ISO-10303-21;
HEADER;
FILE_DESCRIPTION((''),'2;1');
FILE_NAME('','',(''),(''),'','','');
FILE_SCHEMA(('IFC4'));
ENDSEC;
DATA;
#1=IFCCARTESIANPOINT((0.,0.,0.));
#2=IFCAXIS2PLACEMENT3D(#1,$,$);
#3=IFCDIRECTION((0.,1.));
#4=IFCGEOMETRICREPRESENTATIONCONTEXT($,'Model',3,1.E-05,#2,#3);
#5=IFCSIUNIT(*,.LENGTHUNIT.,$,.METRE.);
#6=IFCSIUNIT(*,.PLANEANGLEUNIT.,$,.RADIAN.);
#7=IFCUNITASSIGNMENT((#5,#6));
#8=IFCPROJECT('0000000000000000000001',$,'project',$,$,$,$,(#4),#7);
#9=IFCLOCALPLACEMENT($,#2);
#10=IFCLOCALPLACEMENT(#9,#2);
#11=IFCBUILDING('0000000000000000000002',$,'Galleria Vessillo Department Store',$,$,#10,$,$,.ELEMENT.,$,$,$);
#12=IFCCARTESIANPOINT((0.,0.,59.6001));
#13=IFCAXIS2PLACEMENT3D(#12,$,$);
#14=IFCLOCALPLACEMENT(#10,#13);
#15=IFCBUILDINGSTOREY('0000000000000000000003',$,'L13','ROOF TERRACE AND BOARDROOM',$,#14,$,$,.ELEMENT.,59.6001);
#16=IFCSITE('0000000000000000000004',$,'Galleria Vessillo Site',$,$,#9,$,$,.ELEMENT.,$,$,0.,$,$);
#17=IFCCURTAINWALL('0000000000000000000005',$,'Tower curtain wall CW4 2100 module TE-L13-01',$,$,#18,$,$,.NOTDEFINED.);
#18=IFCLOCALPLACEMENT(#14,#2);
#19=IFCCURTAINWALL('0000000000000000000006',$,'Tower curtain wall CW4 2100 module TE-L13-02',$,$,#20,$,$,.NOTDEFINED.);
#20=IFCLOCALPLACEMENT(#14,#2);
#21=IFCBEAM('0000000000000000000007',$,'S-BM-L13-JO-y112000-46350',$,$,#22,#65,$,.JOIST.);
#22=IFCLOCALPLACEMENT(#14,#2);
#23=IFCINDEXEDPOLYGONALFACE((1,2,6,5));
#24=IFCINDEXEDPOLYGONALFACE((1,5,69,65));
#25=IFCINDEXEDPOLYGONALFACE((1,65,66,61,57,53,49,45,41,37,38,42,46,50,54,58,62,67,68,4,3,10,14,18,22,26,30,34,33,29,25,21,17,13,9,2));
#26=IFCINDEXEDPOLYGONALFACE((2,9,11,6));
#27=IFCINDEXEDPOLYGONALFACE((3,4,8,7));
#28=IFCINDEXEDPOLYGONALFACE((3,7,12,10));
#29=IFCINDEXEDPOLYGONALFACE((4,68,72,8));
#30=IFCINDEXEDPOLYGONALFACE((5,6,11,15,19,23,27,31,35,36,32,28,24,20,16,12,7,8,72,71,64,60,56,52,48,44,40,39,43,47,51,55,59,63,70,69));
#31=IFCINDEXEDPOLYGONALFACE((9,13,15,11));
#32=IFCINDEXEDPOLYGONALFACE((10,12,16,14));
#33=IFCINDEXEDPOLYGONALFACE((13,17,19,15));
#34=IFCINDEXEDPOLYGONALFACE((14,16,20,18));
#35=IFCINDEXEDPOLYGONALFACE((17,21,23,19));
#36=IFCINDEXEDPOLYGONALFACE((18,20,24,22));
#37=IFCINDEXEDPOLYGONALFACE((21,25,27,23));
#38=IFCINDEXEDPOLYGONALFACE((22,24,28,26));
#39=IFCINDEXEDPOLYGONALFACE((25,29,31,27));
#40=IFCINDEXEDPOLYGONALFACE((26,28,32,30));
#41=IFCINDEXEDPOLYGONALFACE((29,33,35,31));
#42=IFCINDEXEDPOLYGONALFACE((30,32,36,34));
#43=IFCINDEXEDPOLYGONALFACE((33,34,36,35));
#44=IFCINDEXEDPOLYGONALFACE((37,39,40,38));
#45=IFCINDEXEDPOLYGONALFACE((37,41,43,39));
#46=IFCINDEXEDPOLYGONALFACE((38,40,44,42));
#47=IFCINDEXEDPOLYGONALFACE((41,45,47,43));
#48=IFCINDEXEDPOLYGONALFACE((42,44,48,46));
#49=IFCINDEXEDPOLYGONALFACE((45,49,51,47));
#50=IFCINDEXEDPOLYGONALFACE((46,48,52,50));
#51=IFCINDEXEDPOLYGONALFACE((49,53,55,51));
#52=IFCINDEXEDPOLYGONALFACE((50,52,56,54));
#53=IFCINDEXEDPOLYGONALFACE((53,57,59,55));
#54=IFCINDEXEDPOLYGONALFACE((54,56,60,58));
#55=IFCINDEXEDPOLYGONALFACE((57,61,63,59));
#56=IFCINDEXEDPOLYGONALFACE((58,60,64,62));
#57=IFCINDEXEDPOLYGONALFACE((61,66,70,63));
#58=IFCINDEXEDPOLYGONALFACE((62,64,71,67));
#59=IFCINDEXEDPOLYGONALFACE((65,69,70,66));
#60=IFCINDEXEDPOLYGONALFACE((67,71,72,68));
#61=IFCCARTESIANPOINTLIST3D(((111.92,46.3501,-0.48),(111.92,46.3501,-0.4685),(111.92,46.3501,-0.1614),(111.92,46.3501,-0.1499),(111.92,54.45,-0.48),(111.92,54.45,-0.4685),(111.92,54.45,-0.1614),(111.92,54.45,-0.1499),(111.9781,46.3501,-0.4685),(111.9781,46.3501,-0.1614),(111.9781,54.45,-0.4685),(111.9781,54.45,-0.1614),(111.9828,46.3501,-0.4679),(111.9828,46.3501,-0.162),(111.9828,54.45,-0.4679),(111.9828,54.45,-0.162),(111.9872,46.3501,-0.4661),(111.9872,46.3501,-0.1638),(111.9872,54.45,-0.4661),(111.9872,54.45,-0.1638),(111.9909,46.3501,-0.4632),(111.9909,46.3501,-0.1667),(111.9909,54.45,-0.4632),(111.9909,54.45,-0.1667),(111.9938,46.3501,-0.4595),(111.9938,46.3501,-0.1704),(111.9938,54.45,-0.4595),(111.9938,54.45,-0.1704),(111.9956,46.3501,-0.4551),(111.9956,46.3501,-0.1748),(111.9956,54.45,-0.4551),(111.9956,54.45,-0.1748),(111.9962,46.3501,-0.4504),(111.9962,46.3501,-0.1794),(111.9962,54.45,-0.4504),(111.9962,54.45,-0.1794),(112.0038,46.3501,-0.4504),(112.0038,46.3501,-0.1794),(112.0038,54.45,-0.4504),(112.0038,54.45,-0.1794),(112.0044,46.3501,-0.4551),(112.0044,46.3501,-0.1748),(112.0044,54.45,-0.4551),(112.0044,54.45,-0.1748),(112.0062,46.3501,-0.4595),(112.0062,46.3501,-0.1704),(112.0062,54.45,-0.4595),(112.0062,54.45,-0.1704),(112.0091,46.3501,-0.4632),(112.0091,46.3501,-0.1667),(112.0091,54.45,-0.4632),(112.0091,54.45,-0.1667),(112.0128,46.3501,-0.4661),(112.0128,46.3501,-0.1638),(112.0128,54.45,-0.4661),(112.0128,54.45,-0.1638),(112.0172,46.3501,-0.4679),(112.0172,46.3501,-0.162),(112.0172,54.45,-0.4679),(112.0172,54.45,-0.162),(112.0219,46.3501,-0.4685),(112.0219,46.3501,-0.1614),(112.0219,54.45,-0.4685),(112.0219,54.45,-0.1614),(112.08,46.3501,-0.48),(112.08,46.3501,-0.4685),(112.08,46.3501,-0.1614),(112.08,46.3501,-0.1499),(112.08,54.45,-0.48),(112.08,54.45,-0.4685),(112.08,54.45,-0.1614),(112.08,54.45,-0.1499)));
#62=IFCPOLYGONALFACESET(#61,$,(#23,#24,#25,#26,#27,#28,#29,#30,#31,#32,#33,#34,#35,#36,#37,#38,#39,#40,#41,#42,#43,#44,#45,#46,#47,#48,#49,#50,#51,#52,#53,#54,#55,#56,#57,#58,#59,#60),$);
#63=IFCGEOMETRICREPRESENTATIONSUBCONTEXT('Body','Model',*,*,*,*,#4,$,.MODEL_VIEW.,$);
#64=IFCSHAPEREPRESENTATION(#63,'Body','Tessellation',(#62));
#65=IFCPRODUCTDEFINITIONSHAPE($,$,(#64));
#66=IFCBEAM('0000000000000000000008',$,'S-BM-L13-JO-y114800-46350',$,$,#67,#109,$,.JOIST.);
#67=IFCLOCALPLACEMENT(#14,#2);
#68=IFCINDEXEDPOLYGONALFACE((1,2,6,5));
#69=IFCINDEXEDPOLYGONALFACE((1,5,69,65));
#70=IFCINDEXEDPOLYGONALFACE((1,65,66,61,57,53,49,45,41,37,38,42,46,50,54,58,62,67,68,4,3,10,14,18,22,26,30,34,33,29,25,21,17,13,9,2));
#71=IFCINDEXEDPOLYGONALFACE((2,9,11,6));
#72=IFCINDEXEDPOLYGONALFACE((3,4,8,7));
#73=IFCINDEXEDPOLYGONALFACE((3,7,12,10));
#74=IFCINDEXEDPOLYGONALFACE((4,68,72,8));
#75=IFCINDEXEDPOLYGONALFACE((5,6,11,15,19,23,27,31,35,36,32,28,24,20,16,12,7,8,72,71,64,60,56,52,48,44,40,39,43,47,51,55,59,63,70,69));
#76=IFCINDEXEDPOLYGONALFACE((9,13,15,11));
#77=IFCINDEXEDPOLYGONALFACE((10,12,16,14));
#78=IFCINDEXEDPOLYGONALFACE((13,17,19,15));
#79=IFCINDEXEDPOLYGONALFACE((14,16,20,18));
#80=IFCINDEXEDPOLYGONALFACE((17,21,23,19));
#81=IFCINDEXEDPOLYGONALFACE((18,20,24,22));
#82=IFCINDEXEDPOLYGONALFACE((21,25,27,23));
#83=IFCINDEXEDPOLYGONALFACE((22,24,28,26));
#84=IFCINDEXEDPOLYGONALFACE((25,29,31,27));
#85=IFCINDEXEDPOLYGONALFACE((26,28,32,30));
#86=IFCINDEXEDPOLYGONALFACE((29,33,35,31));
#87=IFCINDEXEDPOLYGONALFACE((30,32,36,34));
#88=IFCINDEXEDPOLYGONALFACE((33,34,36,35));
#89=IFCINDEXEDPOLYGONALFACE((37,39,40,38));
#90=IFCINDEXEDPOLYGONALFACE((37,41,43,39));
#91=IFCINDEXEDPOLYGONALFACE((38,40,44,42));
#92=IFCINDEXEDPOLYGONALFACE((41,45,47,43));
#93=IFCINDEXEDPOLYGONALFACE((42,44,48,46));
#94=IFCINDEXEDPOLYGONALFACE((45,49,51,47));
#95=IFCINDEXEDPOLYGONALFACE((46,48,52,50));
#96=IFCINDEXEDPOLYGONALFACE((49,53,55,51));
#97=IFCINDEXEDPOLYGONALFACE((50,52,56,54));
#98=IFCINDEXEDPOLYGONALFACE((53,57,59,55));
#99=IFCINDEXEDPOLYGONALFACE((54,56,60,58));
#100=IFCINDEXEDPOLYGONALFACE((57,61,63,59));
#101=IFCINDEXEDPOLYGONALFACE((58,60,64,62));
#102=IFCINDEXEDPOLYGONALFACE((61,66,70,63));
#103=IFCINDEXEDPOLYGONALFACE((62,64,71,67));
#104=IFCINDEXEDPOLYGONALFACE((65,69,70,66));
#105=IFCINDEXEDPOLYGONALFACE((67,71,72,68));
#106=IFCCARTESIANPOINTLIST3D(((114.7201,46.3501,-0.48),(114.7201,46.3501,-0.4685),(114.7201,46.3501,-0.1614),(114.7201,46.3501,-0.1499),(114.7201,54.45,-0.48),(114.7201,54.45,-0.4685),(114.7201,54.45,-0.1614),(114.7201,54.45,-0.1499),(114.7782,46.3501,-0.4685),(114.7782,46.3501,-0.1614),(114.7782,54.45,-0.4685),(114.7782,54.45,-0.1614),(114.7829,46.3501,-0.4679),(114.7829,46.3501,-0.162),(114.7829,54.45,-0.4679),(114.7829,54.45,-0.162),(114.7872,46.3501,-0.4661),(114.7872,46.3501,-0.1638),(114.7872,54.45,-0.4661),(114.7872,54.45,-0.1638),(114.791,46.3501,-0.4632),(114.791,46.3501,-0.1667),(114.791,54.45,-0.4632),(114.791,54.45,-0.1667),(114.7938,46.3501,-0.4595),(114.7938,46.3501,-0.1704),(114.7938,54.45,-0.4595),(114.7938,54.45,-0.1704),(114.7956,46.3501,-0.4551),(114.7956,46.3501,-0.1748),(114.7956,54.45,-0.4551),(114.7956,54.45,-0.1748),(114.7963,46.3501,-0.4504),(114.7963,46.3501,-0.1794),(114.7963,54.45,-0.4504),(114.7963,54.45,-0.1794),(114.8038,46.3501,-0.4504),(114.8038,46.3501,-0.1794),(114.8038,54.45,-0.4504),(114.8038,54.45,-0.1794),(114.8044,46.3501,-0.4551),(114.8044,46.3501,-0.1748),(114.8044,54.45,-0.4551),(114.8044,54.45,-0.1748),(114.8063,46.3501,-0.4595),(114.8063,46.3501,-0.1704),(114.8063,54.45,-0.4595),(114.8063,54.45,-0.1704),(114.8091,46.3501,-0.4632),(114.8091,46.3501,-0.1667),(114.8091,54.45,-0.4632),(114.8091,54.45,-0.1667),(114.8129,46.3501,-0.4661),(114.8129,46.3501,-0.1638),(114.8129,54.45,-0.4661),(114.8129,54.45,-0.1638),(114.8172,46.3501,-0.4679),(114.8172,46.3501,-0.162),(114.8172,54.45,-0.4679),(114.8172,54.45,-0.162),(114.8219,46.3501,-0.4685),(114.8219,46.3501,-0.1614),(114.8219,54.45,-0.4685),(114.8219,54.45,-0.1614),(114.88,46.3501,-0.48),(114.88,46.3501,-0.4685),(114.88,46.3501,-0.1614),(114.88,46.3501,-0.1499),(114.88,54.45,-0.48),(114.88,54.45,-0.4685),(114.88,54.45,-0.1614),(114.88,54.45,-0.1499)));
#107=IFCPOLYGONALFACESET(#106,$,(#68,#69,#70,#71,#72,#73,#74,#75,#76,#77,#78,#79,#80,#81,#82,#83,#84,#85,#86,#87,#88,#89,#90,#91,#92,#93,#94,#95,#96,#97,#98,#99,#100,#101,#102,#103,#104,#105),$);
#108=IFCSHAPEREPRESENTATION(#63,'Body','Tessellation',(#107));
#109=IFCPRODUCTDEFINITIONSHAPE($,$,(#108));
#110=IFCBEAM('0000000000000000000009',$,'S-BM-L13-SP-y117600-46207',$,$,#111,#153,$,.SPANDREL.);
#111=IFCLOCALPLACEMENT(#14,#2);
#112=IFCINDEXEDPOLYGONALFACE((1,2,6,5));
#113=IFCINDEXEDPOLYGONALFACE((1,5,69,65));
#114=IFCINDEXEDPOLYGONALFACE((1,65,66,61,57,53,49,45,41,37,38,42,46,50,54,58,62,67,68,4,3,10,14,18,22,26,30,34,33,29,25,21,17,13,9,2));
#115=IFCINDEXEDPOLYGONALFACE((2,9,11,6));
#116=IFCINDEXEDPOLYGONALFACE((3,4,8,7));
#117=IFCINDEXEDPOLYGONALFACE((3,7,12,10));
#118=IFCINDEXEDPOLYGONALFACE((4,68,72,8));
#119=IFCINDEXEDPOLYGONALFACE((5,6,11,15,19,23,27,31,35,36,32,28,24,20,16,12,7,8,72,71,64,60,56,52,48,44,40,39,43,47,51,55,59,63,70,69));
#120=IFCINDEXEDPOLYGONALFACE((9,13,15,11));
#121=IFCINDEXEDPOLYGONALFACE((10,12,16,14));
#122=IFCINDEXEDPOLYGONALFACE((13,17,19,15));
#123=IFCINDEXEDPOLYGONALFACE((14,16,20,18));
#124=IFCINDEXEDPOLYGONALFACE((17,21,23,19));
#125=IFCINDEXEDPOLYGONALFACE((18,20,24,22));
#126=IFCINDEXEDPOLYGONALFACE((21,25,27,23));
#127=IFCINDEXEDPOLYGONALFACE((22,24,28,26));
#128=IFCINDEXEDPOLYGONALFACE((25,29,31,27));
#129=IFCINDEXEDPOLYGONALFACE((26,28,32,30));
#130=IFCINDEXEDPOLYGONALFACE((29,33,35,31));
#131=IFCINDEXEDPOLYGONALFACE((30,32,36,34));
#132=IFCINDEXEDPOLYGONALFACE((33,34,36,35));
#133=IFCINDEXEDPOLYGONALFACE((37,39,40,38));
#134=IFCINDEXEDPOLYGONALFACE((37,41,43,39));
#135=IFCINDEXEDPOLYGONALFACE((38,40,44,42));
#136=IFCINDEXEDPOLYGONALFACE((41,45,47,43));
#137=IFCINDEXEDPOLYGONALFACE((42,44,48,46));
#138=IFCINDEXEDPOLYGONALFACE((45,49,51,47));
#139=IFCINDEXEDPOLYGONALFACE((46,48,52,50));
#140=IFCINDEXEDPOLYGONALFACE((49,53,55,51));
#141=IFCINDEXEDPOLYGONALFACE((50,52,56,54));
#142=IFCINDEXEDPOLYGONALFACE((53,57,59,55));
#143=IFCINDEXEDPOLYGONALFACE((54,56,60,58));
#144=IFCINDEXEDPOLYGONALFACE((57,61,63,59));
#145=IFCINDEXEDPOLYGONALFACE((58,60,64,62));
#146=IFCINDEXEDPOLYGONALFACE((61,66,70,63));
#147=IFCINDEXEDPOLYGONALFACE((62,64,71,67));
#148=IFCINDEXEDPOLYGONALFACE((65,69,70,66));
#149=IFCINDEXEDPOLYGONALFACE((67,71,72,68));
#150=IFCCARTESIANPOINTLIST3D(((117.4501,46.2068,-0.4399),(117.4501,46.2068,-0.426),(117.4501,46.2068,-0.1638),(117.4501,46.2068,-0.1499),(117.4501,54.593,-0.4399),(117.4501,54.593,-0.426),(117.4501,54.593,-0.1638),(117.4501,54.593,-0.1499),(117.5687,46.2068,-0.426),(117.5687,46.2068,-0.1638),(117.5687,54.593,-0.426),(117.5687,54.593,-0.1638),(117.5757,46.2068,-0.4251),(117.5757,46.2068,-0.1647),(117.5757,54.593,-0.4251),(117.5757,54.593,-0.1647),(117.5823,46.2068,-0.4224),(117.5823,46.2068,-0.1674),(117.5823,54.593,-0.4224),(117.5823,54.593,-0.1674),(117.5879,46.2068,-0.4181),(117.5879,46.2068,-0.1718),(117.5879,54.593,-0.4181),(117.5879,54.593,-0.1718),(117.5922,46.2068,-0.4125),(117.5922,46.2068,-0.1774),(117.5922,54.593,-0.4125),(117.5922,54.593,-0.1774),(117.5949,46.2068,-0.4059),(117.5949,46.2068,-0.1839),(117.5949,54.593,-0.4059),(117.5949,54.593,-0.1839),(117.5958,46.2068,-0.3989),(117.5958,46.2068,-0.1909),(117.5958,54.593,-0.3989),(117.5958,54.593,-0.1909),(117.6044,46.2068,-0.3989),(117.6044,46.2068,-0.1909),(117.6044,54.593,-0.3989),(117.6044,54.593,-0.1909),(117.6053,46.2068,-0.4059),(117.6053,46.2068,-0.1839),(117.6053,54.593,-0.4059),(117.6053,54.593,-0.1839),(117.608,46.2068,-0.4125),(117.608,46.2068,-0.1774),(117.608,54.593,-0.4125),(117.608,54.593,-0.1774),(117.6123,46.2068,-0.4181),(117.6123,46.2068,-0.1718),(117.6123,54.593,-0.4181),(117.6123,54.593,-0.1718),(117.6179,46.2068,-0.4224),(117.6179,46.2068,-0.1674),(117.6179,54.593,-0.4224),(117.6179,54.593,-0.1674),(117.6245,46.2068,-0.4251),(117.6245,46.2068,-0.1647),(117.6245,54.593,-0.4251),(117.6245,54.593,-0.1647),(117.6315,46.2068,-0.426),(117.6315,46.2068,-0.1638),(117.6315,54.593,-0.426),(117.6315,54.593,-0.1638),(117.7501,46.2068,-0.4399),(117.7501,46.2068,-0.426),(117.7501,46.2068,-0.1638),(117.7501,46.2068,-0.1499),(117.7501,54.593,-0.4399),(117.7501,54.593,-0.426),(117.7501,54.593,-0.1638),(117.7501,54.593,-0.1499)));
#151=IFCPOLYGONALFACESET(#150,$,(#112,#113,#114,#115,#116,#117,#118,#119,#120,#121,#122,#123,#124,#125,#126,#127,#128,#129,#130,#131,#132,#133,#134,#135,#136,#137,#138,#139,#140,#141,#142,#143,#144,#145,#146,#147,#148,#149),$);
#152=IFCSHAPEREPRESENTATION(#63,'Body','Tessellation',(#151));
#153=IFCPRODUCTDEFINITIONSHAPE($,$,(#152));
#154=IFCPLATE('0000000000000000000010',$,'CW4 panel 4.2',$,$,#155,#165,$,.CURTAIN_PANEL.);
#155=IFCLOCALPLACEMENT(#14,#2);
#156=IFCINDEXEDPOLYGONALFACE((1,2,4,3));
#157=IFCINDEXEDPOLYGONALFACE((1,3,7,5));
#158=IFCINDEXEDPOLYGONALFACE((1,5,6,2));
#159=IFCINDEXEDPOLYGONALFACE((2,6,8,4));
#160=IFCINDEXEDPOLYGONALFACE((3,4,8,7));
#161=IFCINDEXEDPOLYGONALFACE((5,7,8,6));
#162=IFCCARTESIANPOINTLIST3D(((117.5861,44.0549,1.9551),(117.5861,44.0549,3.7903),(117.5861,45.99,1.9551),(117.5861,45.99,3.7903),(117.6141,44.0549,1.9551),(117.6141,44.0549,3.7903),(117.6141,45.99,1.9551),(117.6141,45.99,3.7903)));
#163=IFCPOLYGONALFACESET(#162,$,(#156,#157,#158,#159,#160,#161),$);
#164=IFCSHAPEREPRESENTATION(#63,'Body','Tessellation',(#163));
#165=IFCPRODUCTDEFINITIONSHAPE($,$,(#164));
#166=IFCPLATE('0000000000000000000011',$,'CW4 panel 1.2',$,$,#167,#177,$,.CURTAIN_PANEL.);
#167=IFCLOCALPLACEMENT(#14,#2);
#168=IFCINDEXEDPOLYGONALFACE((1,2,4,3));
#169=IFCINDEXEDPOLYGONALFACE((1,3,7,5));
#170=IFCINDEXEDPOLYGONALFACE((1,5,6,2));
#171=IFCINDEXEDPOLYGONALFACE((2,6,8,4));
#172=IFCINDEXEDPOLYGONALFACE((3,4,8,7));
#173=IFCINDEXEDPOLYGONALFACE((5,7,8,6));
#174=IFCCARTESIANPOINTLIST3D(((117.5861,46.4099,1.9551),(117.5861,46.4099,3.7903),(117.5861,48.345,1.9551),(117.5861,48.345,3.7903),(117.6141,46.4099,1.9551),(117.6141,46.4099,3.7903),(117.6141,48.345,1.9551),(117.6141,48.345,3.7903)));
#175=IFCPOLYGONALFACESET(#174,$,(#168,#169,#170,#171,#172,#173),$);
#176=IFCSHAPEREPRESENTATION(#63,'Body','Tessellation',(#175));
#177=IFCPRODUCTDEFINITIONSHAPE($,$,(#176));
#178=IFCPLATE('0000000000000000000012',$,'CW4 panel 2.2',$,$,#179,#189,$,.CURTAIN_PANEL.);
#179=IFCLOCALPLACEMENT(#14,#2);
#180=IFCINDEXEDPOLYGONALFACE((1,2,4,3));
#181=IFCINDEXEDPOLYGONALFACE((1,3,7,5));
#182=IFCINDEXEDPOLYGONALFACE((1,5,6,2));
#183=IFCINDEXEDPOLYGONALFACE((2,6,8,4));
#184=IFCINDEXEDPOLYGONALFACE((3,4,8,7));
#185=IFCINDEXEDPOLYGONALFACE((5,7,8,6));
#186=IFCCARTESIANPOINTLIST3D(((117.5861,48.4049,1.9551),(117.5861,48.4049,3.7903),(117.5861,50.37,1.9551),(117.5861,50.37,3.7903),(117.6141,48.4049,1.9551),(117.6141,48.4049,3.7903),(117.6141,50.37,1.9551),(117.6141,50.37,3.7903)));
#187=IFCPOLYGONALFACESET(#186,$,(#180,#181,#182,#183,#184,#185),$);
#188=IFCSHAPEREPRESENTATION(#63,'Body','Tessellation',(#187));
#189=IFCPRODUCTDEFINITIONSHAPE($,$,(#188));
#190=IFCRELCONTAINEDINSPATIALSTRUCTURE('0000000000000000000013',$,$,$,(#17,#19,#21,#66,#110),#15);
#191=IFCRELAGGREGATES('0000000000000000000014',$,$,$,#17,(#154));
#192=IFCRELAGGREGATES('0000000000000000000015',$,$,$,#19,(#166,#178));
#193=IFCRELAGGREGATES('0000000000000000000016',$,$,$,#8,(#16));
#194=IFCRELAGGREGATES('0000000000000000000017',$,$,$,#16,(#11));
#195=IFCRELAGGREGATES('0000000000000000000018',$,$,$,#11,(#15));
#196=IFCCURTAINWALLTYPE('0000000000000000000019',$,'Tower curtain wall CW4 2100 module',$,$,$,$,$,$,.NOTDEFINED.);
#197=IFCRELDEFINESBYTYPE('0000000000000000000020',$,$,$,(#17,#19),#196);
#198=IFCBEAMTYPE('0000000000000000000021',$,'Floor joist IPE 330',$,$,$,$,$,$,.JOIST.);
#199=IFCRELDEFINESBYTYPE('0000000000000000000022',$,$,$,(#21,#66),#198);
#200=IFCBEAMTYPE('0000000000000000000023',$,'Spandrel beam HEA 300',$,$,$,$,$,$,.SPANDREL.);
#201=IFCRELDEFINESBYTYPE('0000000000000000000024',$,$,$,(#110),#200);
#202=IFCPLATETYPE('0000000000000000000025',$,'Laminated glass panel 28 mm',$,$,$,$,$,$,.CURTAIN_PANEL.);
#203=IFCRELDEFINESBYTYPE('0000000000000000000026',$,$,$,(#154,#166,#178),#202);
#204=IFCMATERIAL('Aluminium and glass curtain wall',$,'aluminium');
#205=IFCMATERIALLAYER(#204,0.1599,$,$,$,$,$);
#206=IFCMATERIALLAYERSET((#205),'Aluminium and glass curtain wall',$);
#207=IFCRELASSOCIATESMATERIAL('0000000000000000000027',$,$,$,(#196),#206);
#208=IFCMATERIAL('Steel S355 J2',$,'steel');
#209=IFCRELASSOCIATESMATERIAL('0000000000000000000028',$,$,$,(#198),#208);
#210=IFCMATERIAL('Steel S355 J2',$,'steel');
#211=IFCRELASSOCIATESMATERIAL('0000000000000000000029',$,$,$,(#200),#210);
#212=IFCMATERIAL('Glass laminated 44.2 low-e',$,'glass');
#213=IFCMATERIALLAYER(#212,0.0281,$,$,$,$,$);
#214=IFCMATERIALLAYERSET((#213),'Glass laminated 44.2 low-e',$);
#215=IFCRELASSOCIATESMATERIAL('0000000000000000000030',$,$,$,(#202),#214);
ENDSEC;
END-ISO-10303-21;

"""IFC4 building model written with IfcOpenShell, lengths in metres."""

from ifc_helpers import new_model, si_unit, direction, frame, origin, origin_2d, place, context, subcontext, project, spatial, rectangle, i_section, extrude, material, layer, layer_set, material_profile, profile_set, type_object, element, aggregate, save


model = new_model("IFC4")

# Units and contexts
model_context = context("Model", 3, precision=1e-05, world=origin(), true_north=direction((0.0, 1.0)))
body_context = subcontext(model_context, "Body", "Model", "MODEL_VIEW")
ifc_project = project(units=[si_unit("LENGTHUNIT", "METRE"), si_unit("PLANEANGLEUNIT", "RADIAN")], contexts=[model_context])

# Site, building, storey
site_placement = place(None, origin())
site = spatial("IfcSite", under=ifc_project, at=site_placement, Name="Galleria Vessillo Site", CompositionType="ELEMENT", RefElevation=0.0)
building_placement = place(site_placement, origin())
building = spatial("IfcBuilding", under=site, at=building_placement, Name="Galleria Vessillo Department Store", CompositionType="ELEMENT")
storey_placement = place(building_placement, frame((0.0, 0.0, 59.6001)))
storey = spatial("IfcBuildingStorey", under=building, at=storey_placement, Name="L13", Description="ROOF TERRACE AND BOARDROOM", CompositionType="ELEMENT", Elevation=59.6001)

# Curtain wall
ifc_material_1 = material(Name="Aluminium and glass curtain wall", Category="aluminium")
ifc_layer_1 = layer(ifc_material_1, 0.1599)
ifc_layer_set_1 = layer_set([ifc_layer_1], Name="Aluminium and glass curtain wall")
curtain_wall_type = type_object("IfcCurtainWallType", Name="Tower curtain wall CW4 2100 module", PredefinedType="NOTDEFINED", material=ifc_layer_set_1)
curtain_wall_1_placement = place(storey_placement, origin())
curtain_wall_1 = element("IfcCurtainWall", 1, at=curtain_wall_1_placement, inside=storey, type_object=curtain_wall_type, Name="Tower curtain wall CW4 2100 module TE-L13-01", PredefinedType="NOTDEFINED")

# Curtain wall
curtain_wall_2_placement = place(storey_placement, origin())
curtain_wall_2 = element("IfcCurtainWall", 2, at=curtain_wall_2_placement, inside=storey, type_object=curtain_wall_type, Name="Tower curtain wall CW4 2100 module TE-L13-02", PredefinedType="NOTDEFINED")

# Beams
ifc_material_2 = material(Name="Steel S355 J2", Category="steel")
ifc_material_profile_1 = material_profile(ifc_material_2, i_section(OverallWidth=0.1599, OverallDepth=0.3301, WebThickness=0.0076, FlangeThickness=0.0115, FilletRadius=0.0181, at=origin_2d()), Name="IPE 330")
ifc_profile_set_1 = profile_set([ifc_material_profile_1], Name="Steel S355 J2")
beam_type_1 = type_object("IfcBeamType", Name="Floor joist IPE 330", PredefinedType="JOIST", material=ifc_profile_set_1)
for number, where, z_axis, x_axis, name in (
    (3, (112.0, 46.3501, -0.3149), (0.0, 1.0, 0.0), (-1.0, 0.0, 0.0), "S-BM-L13-JO-y112000-46350"),
    (4, (114.8, 46.3501, -0.3149), (0.0, 1.0, 0.0), (-1.0, 0.0, 0.0), "S-BM-L13-JO-y114800-46350"),
):
    element("IfcBeam", number, at=place(storey_placement, frame(where, z_axis=z_axis, x_axis=x_axis)), inside=storey, type_object=beam_type_1, Name=name, PredefinedType="JOIST", context=body_context, shape_type="SweptSolid", body=[
        extrude(i_section(OverallWidth=0.1599, OverallDepth=0.3301, WebThickness=0.0076, FlangeThickness=0.0115, FilletRadius=0.0181, at=origin_2d()), origin(), (0.0, 0.0, 1.0), 8.0999),
    ])
ifc_material_3 = material(Name="Steel S355 J2", Category="steel")
ifc_material_profile_2 = material_profile(ifc_material_3, i_section(OverallWidth=0.3, OverallDepth=0.29, WebThickness=0.0085, FlangeThickness=0.0139, FilletRadius=0.0271, at=origin_2d()), Name="HEA 300")
ifc_profile_set_2 = profile_set([ifc_material_profile_2], Name="Steel S355 J2")
beam_type_2 = type_object("IfcBeamType", Name="Spandrel beam HEA 300", PredefinedType="SPANDREL", material=ifc_profile_set_2)
beam_placement = place(storey_placement, frame((117.6001, 46.2068, -0.2949), z_axis=(0.0, 1.0, 0.0), x_axis=(-1.0, 0.0, 0.0)))
element("IfcBeam", 5, at=beam_placement, inside=storey, type_object=beam_type_2, Name="S-BM-L13-SP-y117600-46207", PredefinedType="SPANDREL", context=body_context, shape_type="SweptSolid", body=[
    extrude(i_section(OverallWidth=0.3, OverallDepth=0.29, WebThickness=0.0085, FlangeThickness=0.0139, FilletRadius=0.0271, at=origin_2d()), origin(), (0.0, 0.0, 1.0), 8.3862),
])

# Plates
ifc_material_4 = material(Name="Glass laminated 44.2 low-e", Category="glass")
ifc_layer_2 = layer(ifc_material_4, 0.0281)
ifc_layer_set_2 = layer_set([ifc_layer_2], Name="Glass laminated 44.2 low-e")
plate_type_1 = type_object("IfcPlateType", Name="Laminated glass panel 28 mm", PredefinedType="CURTAIN_PANEL", material=ifc_layer_set_2)
plate_1_placement = place(storey_placement, frame((117.6001, 45.0225, 1.9551), z_axis=(0.0, 0.0, 1.0), x_axis=(0.0, 1.0, 0.0)))
plate_1 = element("IfcPlate", 6, at=plate_1_placement, type_object=plate_type_1, Name="CW4 panel 4.2", PredefinedType="CURTAIN_PANEL", context=body_context, shape_type="SweptSolid", body=[
    extrude(rectangle(XDim=1.9351, YDim=0.0281, at=origin_2d()), origin(), (0.0, 0.0, 1.0), 1.8352),
])
plate_2_placement = place(storey_placement, frame((117.6001, 47.3774, 1.9551), z_axis=(0.0, 0.0, 1.0), x_axis=(0.0, 1.0, 0.0)))
plate_2 = element("IfcPlate", 7, at=plate_2_placement, type_object=plate_type_1, Name="CW4 panel 1.2", PredefinedType="CURTAIN_PANEL", context=body_context, shape_type="SweptSolid", body=[
    extrude(rectangle(XDim=1.9351, YDim=0.0281, at=origin_2d()), origin(), (0.0, 0.0, 1.0), 1.8352),
])
plate_3_placement = place(storey_placement, frame((117.6001, 49.3875, 1.9551), z_axis=(0.0, 0.0, 1.0), x_axis=(0.0, 1.0, 0.0)))
plate_3 = element("IfcPlate", 8, at=plate_3_placement, type_object=plate_type_1, Name="CW4 panel 2.2", PredefinedType="CURTAIN_PANEL", context=body_context, shape_type="SweptSolid", body=[
    extrude(rectangle(XDim=1.9651, YDim=0.0281, at=origin_2d()), origin(), (0.0, 0.0, 1.0), 1.8352),
])
aggregate(curtain_wall_1, [plate_1])
aggregate(curtain_wall_2, [plate_2, plate_3])

save(model, "model.ifc")
